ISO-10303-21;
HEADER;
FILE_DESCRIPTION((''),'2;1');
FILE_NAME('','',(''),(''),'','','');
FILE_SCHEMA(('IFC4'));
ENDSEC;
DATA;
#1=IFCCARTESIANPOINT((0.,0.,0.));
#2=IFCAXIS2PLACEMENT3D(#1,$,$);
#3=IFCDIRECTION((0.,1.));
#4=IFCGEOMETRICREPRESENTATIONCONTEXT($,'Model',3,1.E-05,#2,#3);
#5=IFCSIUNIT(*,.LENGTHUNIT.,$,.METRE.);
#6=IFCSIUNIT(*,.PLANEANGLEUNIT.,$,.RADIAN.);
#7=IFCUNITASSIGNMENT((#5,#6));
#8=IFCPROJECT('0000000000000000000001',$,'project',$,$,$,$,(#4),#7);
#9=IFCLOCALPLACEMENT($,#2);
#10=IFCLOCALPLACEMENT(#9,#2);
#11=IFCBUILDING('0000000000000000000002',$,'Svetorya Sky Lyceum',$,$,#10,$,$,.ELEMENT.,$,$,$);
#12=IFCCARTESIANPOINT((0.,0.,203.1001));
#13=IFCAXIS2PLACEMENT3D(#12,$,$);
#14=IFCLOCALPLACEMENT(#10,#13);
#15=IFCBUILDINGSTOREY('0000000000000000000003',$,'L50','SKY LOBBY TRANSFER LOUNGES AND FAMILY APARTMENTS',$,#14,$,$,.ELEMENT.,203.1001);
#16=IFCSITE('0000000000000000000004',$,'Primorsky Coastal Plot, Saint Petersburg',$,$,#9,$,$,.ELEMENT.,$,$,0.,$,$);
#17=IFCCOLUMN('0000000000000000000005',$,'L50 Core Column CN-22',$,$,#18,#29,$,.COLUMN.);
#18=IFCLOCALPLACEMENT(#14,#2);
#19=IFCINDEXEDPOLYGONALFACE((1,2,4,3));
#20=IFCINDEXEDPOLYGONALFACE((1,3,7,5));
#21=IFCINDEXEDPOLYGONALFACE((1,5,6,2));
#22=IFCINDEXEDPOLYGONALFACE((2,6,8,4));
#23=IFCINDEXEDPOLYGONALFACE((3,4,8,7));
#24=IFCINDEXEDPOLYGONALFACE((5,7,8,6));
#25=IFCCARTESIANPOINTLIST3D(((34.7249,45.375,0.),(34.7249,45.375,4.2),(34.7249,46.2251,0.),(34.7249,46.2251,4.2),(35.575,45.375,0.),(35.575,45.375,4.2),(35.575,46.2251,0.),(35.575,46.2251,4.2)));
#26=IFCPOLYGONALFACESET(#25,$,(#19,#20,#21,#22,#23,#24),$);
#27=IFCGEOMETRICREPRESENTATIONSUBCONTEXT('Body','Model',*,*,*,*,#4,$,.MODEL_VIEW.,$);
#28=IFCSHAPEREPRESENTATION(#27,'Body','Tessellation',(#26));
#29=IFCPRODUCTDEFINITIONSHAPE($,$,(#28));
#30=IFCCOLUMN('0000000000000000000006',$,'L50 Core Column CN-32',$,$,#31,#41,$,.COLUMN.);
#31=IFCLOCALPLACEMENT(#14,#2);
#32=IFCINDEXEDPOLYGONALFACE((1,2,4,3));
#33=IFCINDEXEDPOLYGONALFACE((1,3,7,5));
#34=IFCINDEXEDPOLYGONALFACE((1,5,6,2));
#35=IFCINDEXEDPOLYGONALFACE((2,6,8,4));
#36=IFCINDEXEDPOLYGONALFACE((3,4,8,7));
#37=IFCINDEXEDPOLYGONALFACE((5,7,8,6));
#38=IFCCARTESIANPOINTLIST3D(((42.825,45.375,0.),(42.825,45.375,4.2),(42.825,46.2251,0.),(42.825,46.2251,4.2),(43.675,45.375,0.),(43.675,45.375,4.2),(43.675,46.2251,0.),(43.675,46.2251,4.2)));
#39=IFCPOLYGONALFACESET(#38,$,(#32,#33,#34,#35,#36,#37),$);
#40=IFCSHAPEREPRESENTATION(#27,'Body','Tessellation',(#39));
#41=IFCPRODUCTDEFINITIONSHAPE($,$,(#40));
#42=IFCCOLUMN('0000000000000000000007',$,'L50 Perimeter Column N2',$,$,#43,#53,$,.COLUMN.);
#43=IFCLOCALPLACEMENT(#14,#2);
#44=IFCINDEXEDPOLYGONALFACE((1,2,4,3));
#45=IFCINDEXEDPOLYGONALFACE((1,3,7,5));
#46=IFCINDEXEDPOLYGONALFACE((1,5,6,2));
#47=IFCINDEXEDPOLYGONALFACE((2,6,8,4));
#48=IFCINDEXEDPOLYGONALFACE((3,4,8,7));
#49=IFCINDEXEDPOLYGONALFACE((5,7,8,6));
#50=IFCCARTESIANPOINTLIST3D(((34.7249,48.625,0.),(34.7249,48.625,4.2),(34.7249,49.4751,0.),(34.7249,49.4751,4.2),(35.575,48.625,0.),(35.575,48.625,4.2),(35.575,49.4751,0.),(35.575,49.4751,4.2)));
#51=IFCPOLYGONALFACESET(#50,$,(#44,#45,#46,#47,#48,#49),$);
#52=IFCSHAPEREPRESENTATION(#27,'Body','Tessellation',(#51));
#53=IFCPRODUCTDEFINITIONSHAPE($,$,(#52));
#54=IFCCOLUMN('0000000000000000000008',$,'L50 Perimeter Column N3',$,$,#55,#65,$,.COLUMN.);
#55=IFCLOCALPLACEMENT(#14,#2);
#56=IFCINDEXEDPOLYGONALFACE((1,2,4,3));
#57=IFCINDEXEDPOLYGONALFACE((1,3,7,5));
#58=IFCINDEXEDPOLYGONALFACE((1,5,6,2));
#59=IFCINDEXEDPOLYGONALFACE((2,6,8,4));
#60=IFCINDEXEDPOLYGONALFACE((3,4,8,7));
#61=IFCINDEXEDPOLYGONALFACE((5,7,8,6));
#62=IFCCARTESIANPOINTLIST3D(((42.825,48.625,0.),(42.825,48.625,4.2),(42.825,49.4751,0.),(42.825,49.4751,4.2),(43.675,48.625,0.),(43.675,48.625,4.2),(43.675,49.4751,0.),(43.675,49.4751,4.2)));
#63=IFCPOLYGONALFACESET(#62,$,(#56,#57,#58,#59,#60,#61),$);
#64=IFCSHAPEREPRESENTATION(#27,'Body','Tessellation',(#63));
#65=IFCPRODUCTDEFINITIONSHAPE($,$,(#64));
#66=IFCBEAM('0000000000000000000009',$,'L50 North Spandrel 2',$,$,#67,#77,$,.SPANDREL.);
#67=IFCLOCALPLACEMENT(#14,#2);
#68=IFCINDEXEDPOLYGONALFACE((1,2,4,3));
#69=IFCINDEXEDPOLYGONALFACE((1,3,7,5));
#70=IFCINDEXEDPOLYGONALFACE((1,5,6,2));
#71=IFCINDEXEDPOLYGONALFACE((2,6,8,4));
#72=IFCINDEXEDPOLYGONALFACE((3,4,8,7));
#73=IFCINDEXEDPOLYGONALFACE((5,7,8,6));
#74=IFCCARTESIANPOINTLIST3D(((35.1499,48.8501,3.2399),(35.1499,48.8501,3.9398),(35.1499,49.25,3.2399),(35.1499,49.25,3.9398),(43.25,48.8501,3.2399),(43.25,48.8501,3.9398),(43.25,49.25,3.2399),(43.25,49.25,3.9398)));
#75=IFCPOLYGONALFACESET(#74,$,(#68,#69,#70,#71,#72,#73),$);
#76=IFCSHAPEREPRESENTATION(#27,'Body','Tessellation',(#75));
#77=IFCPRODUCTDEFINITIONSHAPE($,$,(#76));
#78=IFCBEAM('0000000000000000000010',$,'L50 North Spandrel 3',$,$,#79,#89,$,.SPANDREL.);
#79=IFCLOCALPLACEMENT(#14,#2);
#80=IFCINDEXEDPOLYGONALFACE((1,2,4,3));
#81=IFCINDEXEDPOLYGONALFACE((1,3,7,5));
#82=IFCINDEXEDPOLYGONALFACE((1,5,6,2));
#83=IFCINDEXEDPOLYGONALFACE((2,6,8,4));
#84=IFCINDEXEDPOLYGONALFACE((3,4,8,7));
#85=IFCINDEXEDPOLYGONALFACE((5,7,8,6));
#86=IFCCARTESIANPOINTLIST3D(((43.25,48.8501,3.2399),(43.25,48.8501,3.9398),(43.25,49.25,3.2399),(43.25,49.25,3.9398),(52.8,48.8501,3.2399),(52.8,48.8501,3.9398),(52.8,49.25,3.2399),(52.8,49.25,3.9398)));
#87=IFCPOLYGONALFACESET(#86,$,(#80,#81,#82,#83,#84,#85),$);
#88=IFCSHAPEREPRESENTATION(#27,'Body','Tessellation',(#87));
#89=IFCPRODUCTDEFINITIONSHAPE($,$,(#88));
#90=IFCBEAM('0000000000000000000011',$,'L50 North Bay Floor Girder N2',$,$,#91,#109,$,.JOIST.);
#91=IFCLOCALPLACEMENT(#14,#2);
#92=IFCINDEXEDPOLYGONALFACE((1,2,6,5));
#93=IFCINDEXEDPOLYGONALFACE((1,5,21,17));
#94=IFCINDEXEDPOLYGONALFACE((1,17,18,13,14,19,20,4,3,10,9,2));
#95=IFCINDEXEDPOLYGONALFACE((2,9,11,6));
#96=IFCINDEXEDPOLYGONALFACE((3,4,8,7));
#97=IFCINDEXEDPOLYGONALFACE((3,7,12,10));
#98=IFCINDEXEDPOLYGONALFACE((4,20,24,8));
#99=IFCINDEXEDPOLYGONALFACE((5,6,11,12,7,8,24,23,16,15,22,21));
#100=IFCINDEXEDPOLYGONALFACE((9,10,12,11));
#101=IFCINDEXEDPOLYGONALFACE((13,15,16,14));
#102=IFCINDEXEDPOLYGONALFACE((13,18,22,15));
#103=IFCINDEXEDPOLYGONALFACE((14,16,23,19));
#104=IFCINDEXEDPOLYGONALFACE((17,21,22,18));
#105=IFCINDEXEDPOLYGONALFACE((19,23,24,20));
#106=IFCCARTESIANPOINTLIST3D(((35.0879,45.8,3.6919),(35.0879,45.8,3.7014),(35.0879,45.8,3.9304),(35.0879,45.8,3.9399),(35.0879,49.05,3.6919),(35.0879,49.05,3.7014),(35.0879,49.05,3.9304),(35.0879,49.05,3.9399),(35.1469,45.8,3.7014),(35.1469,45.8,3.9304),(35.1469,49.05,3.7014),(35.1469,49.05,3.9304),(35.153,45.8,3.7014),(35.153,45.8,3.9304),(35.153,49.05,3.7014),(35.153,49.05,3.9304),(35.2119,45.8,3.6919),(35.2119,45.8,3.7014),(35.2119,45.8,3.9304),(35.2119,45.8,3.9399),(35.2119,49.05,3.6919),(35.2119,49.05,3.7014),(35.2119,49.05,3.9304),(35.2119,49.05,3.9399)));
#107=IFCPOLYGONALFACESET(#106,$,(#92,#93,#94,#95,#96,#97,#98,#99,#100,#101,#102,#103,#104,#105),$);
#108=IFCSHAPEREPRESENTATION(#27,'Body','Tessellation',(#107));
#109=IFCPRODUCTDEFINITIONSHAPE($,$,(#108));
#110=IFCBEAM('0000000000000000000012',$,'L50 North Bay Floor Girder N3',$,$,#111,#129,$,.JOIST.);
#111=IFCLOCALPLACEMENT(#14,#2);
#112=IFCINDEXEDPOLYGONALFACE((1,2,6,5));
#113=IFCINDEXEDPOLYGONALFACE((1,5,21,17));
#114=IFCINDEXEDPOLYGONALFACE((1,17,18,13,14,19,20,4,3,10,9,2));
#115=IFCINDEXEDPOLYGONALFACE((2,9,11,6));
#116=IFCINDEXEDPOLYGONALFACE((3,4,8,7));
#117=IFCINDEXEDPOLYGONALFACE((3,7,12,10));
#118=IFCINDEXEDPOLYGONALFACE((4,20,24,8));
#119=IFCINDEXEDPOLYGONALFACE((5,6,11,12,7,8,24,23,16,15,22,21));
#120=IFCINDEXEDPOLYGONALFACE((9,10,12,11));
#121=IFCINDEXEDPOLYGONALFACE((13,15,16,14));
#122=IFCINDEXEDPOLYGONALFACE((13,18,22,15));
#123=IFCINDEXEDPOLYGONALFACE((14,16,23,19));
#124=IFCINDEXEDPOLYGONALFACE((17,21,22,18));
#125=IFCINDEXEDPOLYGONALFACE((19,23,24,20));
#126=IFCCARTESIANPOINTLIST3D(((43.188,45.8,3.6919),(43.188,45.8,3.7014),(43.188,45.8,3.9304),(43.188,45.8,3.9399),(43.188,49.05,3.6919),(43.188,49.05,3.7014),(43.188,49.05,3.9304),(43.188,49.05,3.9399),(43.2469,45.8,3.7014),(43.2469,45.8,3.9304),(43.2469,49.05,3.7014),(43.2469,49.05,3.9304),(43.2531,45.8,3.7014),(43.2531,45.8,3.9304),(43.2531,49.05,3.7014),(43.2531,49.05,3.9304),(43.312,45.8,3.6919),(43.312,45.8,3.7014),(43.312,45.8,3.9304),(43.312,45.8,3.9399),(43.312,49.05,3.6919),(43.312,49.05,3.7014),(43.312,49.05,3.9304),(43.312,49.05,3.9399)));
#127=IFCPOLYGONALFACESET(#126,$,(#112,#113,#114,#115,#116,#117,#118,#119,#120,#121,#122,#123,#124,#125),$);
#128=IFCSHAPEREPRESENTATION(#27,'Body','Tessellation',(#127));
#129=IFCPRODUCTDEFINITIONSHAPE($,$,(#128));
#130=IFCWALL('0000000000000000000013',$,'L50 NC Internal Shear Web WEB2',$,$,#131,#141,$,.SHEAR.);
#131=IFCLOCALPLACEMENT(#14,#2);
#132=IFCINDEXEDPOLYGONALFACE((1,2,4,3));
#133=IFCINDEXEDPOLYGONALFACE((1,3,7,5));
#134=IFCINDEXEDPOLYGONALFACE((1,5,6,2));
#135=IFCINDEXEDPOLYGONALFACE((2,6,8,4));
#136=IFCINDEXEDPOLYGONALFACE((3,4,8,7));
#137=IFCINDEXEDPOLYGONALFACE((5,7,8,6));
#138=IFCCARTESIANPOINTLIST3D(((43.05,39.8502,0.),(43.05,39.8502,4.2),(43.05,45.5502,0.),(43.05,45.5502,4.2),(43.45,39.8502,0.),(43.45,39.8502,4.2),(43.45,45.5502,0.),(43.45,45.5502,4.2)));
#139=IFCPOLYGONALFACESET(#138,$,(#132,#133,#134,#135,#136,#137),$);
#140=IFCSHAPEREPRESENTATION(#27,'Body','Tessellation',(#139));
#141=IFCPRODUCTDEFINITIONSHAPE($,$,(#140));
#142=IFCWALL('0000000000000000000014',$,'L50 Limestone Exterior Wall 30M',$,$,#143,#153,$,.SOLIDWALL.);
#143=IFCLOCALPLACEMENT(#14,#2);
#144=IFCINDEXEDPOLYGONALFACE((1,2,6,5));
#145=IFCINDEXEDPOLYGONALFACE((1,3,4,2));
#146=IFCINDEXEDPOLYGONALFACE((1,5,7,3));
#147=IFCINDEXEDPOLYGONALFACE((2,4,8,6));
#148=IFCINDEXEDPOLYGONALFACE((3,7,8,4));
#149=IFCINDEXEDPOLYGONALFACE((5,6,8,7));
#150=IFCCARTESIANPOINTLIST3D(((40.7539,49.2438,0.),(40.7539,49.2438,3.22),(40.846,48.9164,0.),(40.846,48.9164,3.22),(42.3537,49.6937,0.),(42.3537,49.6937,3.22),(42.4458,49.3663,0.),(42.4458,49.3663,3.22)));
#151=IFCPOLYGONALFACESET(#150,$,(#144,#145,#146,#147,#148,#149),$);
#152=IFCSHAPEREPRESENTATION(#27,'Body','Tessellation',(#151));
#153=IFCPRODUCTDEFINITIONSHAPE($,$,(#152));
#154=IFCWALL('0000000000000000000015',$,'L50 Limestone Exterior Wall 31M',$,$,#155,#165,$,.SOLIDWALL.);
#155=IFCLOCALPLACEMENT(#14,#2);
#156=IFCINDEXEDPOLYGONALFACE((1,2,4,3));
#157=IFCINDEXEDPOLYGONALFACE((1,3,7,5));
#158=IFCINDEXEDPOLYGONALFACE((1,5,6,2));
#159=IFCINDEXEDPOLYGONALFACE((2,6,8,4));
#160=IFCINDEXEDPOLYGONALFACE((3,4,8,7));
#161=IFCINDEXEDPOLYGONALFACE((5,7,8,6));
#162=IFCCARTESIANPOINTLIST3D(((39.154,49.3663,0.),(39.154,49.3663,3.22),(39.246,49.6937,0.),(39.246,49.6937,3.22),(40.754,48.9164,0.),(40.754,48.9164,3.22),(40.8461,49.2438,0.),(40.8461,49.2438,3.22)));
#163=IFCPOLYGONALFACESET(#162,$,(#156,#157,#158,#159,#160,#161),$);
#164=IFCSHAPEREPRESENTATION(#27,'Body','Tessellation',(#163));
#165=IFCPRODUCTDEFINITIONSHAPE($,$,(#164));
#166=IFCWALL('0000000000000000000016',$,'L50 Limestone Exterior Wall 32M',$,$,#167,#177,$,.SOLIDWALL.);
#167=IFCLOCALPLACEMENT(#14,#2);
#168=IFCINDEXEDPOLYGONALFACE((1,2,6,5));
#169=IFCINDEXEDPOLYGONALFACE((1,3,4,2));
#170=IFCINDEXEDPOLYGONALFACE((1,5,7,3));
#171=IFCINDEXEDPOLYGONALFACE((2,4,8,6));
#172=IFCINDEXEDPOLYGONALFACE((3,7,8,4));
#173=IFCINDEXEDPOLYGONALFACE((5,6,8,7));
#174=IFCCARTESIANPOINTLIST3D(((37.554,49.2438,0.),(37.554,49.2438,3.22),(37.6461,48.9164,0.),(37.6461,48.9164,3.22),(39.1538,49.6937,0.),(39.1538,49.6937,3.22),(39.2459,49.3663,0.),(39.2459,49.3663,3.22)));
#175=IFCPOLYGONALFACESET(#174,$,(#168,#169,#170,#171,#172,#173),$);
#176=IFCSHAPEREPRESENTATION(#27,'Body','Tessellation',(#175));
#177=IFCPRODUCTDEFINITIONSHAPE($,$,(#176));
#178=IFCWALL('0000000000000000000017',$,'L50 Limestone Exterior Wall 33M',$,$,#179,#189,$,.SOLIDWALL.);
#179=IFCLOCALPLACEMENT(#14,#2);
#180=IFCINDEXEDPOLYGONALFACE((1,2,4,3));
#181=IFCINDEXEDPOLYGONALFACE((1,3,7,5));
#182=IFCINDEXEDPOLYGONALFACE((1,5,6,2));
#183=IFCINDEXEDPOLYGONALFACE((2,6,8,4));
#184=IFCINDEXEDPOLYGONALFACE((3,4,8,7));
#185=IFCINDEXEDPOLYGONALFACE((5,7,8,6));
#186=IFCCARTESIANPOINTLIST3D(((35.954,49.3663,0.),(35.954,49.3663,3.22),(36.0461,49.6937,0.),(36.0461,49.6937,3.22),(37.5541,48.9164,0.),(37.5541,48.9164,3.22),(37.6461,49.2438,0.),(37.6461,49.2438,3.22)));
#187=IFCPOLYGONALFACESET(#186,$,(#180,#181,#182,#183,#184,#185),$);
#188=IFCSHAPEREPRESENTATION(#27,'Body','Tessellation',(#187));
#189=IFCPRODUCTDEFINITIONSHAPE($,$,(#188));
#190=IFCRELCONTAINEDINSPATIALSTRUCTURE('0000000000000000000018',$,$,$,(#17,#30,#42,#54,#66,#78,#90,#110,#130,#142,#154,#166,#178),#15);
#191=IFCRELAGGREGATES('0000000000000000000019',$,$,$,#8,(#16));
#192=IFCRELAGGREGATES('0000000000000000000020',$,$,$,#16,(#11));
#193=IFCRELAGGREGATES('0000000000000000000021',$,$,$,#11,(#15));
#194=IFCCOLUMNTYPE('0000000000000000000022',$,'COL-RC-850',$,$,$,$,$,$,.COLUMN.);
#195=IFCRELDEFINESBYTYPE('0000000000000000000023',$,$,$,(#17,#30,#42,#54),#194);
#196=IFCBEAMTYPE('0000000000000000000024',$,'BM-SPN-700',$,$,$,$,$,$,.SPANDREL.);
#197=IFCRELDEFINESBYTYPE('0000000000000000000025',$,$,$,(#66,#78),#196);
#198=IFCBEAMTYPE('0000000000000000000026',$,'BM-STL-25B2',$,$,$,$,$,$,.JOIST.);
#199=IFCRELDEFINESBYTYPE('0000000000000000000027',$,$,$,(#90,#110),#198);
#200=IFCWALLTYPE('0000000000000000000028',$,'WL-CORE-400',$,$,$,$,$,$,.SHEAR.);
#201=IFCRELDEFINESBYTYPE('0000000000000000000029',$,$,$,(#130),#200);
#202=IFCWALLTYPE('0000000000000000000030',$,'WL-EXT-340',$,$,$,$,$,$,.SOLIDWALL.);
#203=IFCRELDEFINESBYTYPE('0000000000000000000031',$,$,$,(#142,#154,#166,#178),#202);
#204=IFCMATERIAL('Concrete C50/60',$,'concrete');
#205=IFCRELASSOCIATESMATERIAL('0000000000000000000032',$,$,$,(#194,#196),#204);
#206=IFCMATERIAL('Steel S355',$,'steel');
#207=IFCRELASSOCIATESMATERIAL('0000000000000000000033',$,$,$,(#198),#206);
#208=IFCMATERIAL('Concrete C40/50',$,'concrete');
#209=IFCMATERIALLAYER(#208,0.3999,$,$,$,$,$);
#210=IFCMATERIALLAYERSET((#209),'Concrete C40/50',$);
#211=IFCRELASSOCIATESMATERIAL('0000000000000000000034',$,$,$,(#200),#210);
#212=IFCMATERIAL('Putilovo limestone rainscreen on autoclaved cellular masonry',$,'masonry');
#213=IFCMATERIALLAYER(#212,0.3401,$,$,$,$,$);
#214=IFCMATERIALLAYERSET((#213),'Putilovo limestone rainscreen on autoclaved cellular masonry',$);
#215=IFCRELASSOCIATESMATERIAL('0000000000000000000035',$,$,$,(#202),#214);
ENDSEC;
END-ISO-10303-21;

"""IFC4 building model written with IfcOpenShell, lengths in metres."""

from ifc_helpers import new_model, si_unit, direction, frame, frame_2d, origin, origin_2d, place, context, subcontext, project, spatial, rectangle, i_section, extrude, material, layer, layer_set, material_profile, profile_set, type_object, element, save


model = new_model("IFC4")

# Units and contexts
model_context = context("Model", 3, precision=1e-05, world=origin(), true_north=direction((0.0, 1.0)))
body_context = subcontext(model_context, "Body", "Model", "MODEL_VIEW")
ifc_project = project(units=[si_unit("LENGTHUNIT", "METRE"), si_unit("PLANEANGLEUNIT", "RADIAN")], contexts=[model_context])

# Site, building, storey
site_placement = place(None, origin())
site = spatial("IfcSite", under=ifc_project, at=site_placement, Name="Primorsky Coastal Plot, Saint Petersburg", CompositionType="ELEMENT", RefElevation=0.0)
building_placement = place(site_placement, origin())
building = spatial("IfcBuilding", under=site, at=building_placement, Name="Svetorya Sky Lyceum", CompositionType="ELEMENT")
storey_placement = place(building_placement, frame((0.0, 0.0, 203.1001)))
storey = spatial("IfcBuildingStorey", under=building, at=storey_placement, Name="L50", Description="SKY LOBBY TRANSFER LOUNGES AND FAMILY APARTMENTS", CompositionType="ELEMENT", Elevation=203.1001)

# Columns
ifc_material_1 = material(Name="Concrete C50/60", Category="concrete")
ifc_material_profile_1 = material_profile(ifc_material_1, rectangle(XDim=0.8501, YDim=0.8501, at=origin_2d()), Name="RC COL 850x850")
ifc_profile_set_1 = profile_set([ifc_material_profile_1], Name="Concrete C50/60")
column_type = type_object("IfcColumnType", Name="COL-RC-850", PredefinedType="COLUMN", material=ifc_profile_set_1)
for number, where, z_axis, x_axis, name in (
    (1, (35.1499, 45.8, 0.0), (0.0, 0.0, 1.0), (1.0, 0.0, 0.0), "L50 Core Column CN-22"),
    (2, (43.25, 45.8, 0.0), (0.0, 0.0, 1.0), (1.0, 0.0, 0.0), "L50 Core Column CN-32"),
    (3, (35.1499, 49.05, 0.0), (0.0, 0.0, 1.0), (1.0, 0.0, 0.0), "L50 Perimeter Column N2"),
    (4, (43.25, 49.05, 0.0), (0.0, 0.0, 1.0), (1.0, 0.0, 0.0), "L50 Perimeter Column N3"),
):
    element("IfcColumn", number, at=place(storey_placement, frame(where, z_axis=z_axis, x_axis=x_axis)), inside=storey, type_object=column_type, Name=name, PredefinedType="COLUMN", context=body_context, shape_type="SweptSolid", body=[
        extrude(rectangle(XDim=0.8501, YDim=0.8501, at=origin_2d()), origin(), (0.0, 0.0, 1.0), 4.2),
    ])

# Beams
ifc_material_profile_2 = material_profile(ifc_material_1, rectangle(XDim=0.3999, YDim=0.7, at=origin_2d()), Name="RC SPANDREL 400x700")
ifc_profile_set_2 = profile_set([ifc_material_profile_2], Name="Concrete C50/60")
beam_type_1 = type_object("IfcBeamType", Name="BM-SPN-700", PredefinedType="SPANDREL", material=ifc_profile_set_2)
beam_1_placement = place(storey_placement, frame((35.1499, 49.05, 3.5898), z_axis=(1.0, 0.0, 0.0), x_axis=(0.0, 1.0, 0.0)))
element("IfcBeam", 5, at=beam_1_placement, inside=storey, type_object=beam_type_1, Name="L50 North Spandrel 2", PredefinedType="SPANDREL", context=body_context, shape_type="SweptSolid", body=[
    extrude(rectangle(XDim=0.3999, YDim=0.7, at=origin_2d()), origin(), (0.0, 0.0, 1.0), 8.1001),
])
beam_2_placement = place(storey_placement, frame((43.25, 49.05, 3.5898), z_axis=(1.0, 0.0, 0.0), x_axis=(0.0, 1.0, 0.0)))
element("IfcBeam", 6, at=beam_2_placement, inside=storey, type_object=beam_type_1, Name="L50 North Spandrel 3", PredefinedType="SPANDREL", context=body_context, shape_type="SweptSolid", body=[
    extrude(rectangle(XDim=0.3999, YDim=0.7, at=origin_2d()), origin(), (0.0, 0.0, 1.0), 9.55),
])
ifc_material_2 = material(Name="Steel S355", Category="steel")
ifc_material_profile_3 = material_profile(ifc_material_2, i_section(OverallWidth=0.124, OverallDepth=0.248, WebThickness=0.0061, FlangeThickness=0.0095, at=origin_2d()), Name="GOST 25B2")
ifc_profile_set_3 = profile_set([ifc_material_profile_3], Name="Steel S355")
beam_type_2 = type_object("IfcBeamType", Name="BM-STL-25B2", PredefinedType="JOIST", material=ifc_profile_set_3)
for number, where, z_axis, x_axis, name in (
    (7, (35.1499, 45.8, 3.8159), (0.0, 1.0, 0.0), (-1.0, 0.0, 0.0), "L50 North Bay Floor Girder N2"),
    (8, (43.25, 45.8, 3.8159), (0.0, 1.0, 0.0), (-1.0, 0.0, 0.0), "L50 North Bay Floor Girder N3"),
):
    element("IfcBeam", number, at=place(storey_placement, frame(where, z_axis=z_axis, x_axis=x_axis)), inside=storey, type_object=beam_type_2, Name=name, PredefinedType="JOIST", context=body_context, shape_type="SweptSolid", body=[
        extrude(i_section(OverallWidth=0.124, OverallDepth=0.248, WebThickness=0.0061, FlangeThickness=0.0095, at=origin_2d()), origin(), (0.0, 0.0, 1.0), 3.25),
    ])

# Walls
ifc_material_3 = material(Name="Concrete C40/50", Category="concrete")
ifc_layer_1 = layer(ifc_material_3, 0.3999)
ifc_layer_set_1 = layer_set([ifc_layer_1], Name="Concrete C40/50")
wall_type_1 = type_object("IfcWallType", Name="WL-CORE-400", PredefinedType="SHEAR", material=ifc_layer_set_1)
wall_1_placement = place(storey_placement, frame((43.25, 39.8501, 0.0), z_axis=(0.0, 0.0, 1.0), x_axis=(0.0, 1.0, 0.0)))
element("IfcWall", 9, at=wall_1_placement, inside=storey, type_object=wall_type_1, Name="L50 NC Internal Shear Web WEB2", PredefinedType="SHEAR", context=body_context, shape_type="SweptSolid", body=[
    extrude(rectangle(XDim=5.7, YDim=0.3999, at=frame_2d((2.8501, 0.0))), origin(), (0.0, 0.0, 1.0), 4.2),
])
ifc_material_4 = material(Name="Putilovo limestone rainscreen on autoclaved cellular masonry", Category="masonry")
ifc_layer_2 = layer(ifc_material_4, 0.3401)
ifc_layer_set_2 = layer_set([ifc_layer_2], Name="Putilovo limestone rainscreen on autoclaved cellular masonry")
wall_type_2 = type_object("IfcWallType", Name="WL-EXT-340", PredefinedType="SOLIDWALL", material=ifc_layer_set_2)
wall_2_placement = place(storey_placement, frame((42.3999, 49.53, 0.0), z_axis=(0.0, 0.0, 1.0), x_axis=(-0.962652, -0.270741, 0.0)))
element("IfcWall", 10, at=wall_2_placement, inside=storey, type_object=wall_type_2, Name="L50 Limestone Exterior Wall 30M", PredefinedType="SOLIDWALL", context=body_context, shape_type="SweptSolid", body=[
    extrude(rectangle(XDim=1.6619, YDim=0.3401, at=frame_2d((0.8311, 0.0))), origin(), (0.0, 0.0, 1.0), 3.22),
])
wall_3_placement = place(storey_placement, frame((40.8, 49.0801, 0.0), z_axis=(0.0, 0.0, 1.0), x_axis=(-0.962663, 0.270703, 0.0)))
element("IfcWall", 11, at=wall_3_placement, inside=storey, type_object=wall_type_2, Name="L50 Limestone Exterior Wall 31M", PredefinedType="SOLIDWALL", context=body_context, shape_type="SweptSolid", body=[
    extrude(rectangle(XDim=1.6621, YDim=0.3401, at=frame_2d((0.8311, 0.0))), origin(), (0.0, 0.0, 1.0), 3.22),
])
wall_4_placement = place(storey_placement, frame((39.2, 49.53, 0.0), z_axis=(0.0, 0.0, 1.0), x_axis=(-0.962652, -0.270741, 0.0)))
element("IfcWall", 12, at=wall_4_placement, inside=storey, type_object=wall_type_2, Name="L50 Limestone Exterior Wall 32M", PredefinedType="SOLIDWALL", context=body_context, shape_type="SweptSolid", body=[
    extrude(rectangle(XDim=1.6619, YDim=0.3401, at=frame_2d((0.8311, 0.0))), origin(), (0.0, 0.0, 1.0), 3.22),
])
wall_5_placement = place(storey_placement, frame((37.6001, 49.0801, 0.0), z_axis=(0.0, 0.0, 1.0), x_axis=(-0.962663, 0.270703, 0.0)))
element("IfcWall", 13, at=wall_5_placement, inside=storey, type_object=wall_type_2, Name="L50 Limestone Exterior Wall 33M", PredefinedType="SOLIDWALL", context=body_context, shape_type="SweptSolid", body=[
    extrude(rectangle(XDim=1.6621, YDim=0.3401, at=frame_2d((0.8311, 0.0))), origin(), (0.0, 0.0, 1.0), 3.22),
])

save(model, "model.ifc")
